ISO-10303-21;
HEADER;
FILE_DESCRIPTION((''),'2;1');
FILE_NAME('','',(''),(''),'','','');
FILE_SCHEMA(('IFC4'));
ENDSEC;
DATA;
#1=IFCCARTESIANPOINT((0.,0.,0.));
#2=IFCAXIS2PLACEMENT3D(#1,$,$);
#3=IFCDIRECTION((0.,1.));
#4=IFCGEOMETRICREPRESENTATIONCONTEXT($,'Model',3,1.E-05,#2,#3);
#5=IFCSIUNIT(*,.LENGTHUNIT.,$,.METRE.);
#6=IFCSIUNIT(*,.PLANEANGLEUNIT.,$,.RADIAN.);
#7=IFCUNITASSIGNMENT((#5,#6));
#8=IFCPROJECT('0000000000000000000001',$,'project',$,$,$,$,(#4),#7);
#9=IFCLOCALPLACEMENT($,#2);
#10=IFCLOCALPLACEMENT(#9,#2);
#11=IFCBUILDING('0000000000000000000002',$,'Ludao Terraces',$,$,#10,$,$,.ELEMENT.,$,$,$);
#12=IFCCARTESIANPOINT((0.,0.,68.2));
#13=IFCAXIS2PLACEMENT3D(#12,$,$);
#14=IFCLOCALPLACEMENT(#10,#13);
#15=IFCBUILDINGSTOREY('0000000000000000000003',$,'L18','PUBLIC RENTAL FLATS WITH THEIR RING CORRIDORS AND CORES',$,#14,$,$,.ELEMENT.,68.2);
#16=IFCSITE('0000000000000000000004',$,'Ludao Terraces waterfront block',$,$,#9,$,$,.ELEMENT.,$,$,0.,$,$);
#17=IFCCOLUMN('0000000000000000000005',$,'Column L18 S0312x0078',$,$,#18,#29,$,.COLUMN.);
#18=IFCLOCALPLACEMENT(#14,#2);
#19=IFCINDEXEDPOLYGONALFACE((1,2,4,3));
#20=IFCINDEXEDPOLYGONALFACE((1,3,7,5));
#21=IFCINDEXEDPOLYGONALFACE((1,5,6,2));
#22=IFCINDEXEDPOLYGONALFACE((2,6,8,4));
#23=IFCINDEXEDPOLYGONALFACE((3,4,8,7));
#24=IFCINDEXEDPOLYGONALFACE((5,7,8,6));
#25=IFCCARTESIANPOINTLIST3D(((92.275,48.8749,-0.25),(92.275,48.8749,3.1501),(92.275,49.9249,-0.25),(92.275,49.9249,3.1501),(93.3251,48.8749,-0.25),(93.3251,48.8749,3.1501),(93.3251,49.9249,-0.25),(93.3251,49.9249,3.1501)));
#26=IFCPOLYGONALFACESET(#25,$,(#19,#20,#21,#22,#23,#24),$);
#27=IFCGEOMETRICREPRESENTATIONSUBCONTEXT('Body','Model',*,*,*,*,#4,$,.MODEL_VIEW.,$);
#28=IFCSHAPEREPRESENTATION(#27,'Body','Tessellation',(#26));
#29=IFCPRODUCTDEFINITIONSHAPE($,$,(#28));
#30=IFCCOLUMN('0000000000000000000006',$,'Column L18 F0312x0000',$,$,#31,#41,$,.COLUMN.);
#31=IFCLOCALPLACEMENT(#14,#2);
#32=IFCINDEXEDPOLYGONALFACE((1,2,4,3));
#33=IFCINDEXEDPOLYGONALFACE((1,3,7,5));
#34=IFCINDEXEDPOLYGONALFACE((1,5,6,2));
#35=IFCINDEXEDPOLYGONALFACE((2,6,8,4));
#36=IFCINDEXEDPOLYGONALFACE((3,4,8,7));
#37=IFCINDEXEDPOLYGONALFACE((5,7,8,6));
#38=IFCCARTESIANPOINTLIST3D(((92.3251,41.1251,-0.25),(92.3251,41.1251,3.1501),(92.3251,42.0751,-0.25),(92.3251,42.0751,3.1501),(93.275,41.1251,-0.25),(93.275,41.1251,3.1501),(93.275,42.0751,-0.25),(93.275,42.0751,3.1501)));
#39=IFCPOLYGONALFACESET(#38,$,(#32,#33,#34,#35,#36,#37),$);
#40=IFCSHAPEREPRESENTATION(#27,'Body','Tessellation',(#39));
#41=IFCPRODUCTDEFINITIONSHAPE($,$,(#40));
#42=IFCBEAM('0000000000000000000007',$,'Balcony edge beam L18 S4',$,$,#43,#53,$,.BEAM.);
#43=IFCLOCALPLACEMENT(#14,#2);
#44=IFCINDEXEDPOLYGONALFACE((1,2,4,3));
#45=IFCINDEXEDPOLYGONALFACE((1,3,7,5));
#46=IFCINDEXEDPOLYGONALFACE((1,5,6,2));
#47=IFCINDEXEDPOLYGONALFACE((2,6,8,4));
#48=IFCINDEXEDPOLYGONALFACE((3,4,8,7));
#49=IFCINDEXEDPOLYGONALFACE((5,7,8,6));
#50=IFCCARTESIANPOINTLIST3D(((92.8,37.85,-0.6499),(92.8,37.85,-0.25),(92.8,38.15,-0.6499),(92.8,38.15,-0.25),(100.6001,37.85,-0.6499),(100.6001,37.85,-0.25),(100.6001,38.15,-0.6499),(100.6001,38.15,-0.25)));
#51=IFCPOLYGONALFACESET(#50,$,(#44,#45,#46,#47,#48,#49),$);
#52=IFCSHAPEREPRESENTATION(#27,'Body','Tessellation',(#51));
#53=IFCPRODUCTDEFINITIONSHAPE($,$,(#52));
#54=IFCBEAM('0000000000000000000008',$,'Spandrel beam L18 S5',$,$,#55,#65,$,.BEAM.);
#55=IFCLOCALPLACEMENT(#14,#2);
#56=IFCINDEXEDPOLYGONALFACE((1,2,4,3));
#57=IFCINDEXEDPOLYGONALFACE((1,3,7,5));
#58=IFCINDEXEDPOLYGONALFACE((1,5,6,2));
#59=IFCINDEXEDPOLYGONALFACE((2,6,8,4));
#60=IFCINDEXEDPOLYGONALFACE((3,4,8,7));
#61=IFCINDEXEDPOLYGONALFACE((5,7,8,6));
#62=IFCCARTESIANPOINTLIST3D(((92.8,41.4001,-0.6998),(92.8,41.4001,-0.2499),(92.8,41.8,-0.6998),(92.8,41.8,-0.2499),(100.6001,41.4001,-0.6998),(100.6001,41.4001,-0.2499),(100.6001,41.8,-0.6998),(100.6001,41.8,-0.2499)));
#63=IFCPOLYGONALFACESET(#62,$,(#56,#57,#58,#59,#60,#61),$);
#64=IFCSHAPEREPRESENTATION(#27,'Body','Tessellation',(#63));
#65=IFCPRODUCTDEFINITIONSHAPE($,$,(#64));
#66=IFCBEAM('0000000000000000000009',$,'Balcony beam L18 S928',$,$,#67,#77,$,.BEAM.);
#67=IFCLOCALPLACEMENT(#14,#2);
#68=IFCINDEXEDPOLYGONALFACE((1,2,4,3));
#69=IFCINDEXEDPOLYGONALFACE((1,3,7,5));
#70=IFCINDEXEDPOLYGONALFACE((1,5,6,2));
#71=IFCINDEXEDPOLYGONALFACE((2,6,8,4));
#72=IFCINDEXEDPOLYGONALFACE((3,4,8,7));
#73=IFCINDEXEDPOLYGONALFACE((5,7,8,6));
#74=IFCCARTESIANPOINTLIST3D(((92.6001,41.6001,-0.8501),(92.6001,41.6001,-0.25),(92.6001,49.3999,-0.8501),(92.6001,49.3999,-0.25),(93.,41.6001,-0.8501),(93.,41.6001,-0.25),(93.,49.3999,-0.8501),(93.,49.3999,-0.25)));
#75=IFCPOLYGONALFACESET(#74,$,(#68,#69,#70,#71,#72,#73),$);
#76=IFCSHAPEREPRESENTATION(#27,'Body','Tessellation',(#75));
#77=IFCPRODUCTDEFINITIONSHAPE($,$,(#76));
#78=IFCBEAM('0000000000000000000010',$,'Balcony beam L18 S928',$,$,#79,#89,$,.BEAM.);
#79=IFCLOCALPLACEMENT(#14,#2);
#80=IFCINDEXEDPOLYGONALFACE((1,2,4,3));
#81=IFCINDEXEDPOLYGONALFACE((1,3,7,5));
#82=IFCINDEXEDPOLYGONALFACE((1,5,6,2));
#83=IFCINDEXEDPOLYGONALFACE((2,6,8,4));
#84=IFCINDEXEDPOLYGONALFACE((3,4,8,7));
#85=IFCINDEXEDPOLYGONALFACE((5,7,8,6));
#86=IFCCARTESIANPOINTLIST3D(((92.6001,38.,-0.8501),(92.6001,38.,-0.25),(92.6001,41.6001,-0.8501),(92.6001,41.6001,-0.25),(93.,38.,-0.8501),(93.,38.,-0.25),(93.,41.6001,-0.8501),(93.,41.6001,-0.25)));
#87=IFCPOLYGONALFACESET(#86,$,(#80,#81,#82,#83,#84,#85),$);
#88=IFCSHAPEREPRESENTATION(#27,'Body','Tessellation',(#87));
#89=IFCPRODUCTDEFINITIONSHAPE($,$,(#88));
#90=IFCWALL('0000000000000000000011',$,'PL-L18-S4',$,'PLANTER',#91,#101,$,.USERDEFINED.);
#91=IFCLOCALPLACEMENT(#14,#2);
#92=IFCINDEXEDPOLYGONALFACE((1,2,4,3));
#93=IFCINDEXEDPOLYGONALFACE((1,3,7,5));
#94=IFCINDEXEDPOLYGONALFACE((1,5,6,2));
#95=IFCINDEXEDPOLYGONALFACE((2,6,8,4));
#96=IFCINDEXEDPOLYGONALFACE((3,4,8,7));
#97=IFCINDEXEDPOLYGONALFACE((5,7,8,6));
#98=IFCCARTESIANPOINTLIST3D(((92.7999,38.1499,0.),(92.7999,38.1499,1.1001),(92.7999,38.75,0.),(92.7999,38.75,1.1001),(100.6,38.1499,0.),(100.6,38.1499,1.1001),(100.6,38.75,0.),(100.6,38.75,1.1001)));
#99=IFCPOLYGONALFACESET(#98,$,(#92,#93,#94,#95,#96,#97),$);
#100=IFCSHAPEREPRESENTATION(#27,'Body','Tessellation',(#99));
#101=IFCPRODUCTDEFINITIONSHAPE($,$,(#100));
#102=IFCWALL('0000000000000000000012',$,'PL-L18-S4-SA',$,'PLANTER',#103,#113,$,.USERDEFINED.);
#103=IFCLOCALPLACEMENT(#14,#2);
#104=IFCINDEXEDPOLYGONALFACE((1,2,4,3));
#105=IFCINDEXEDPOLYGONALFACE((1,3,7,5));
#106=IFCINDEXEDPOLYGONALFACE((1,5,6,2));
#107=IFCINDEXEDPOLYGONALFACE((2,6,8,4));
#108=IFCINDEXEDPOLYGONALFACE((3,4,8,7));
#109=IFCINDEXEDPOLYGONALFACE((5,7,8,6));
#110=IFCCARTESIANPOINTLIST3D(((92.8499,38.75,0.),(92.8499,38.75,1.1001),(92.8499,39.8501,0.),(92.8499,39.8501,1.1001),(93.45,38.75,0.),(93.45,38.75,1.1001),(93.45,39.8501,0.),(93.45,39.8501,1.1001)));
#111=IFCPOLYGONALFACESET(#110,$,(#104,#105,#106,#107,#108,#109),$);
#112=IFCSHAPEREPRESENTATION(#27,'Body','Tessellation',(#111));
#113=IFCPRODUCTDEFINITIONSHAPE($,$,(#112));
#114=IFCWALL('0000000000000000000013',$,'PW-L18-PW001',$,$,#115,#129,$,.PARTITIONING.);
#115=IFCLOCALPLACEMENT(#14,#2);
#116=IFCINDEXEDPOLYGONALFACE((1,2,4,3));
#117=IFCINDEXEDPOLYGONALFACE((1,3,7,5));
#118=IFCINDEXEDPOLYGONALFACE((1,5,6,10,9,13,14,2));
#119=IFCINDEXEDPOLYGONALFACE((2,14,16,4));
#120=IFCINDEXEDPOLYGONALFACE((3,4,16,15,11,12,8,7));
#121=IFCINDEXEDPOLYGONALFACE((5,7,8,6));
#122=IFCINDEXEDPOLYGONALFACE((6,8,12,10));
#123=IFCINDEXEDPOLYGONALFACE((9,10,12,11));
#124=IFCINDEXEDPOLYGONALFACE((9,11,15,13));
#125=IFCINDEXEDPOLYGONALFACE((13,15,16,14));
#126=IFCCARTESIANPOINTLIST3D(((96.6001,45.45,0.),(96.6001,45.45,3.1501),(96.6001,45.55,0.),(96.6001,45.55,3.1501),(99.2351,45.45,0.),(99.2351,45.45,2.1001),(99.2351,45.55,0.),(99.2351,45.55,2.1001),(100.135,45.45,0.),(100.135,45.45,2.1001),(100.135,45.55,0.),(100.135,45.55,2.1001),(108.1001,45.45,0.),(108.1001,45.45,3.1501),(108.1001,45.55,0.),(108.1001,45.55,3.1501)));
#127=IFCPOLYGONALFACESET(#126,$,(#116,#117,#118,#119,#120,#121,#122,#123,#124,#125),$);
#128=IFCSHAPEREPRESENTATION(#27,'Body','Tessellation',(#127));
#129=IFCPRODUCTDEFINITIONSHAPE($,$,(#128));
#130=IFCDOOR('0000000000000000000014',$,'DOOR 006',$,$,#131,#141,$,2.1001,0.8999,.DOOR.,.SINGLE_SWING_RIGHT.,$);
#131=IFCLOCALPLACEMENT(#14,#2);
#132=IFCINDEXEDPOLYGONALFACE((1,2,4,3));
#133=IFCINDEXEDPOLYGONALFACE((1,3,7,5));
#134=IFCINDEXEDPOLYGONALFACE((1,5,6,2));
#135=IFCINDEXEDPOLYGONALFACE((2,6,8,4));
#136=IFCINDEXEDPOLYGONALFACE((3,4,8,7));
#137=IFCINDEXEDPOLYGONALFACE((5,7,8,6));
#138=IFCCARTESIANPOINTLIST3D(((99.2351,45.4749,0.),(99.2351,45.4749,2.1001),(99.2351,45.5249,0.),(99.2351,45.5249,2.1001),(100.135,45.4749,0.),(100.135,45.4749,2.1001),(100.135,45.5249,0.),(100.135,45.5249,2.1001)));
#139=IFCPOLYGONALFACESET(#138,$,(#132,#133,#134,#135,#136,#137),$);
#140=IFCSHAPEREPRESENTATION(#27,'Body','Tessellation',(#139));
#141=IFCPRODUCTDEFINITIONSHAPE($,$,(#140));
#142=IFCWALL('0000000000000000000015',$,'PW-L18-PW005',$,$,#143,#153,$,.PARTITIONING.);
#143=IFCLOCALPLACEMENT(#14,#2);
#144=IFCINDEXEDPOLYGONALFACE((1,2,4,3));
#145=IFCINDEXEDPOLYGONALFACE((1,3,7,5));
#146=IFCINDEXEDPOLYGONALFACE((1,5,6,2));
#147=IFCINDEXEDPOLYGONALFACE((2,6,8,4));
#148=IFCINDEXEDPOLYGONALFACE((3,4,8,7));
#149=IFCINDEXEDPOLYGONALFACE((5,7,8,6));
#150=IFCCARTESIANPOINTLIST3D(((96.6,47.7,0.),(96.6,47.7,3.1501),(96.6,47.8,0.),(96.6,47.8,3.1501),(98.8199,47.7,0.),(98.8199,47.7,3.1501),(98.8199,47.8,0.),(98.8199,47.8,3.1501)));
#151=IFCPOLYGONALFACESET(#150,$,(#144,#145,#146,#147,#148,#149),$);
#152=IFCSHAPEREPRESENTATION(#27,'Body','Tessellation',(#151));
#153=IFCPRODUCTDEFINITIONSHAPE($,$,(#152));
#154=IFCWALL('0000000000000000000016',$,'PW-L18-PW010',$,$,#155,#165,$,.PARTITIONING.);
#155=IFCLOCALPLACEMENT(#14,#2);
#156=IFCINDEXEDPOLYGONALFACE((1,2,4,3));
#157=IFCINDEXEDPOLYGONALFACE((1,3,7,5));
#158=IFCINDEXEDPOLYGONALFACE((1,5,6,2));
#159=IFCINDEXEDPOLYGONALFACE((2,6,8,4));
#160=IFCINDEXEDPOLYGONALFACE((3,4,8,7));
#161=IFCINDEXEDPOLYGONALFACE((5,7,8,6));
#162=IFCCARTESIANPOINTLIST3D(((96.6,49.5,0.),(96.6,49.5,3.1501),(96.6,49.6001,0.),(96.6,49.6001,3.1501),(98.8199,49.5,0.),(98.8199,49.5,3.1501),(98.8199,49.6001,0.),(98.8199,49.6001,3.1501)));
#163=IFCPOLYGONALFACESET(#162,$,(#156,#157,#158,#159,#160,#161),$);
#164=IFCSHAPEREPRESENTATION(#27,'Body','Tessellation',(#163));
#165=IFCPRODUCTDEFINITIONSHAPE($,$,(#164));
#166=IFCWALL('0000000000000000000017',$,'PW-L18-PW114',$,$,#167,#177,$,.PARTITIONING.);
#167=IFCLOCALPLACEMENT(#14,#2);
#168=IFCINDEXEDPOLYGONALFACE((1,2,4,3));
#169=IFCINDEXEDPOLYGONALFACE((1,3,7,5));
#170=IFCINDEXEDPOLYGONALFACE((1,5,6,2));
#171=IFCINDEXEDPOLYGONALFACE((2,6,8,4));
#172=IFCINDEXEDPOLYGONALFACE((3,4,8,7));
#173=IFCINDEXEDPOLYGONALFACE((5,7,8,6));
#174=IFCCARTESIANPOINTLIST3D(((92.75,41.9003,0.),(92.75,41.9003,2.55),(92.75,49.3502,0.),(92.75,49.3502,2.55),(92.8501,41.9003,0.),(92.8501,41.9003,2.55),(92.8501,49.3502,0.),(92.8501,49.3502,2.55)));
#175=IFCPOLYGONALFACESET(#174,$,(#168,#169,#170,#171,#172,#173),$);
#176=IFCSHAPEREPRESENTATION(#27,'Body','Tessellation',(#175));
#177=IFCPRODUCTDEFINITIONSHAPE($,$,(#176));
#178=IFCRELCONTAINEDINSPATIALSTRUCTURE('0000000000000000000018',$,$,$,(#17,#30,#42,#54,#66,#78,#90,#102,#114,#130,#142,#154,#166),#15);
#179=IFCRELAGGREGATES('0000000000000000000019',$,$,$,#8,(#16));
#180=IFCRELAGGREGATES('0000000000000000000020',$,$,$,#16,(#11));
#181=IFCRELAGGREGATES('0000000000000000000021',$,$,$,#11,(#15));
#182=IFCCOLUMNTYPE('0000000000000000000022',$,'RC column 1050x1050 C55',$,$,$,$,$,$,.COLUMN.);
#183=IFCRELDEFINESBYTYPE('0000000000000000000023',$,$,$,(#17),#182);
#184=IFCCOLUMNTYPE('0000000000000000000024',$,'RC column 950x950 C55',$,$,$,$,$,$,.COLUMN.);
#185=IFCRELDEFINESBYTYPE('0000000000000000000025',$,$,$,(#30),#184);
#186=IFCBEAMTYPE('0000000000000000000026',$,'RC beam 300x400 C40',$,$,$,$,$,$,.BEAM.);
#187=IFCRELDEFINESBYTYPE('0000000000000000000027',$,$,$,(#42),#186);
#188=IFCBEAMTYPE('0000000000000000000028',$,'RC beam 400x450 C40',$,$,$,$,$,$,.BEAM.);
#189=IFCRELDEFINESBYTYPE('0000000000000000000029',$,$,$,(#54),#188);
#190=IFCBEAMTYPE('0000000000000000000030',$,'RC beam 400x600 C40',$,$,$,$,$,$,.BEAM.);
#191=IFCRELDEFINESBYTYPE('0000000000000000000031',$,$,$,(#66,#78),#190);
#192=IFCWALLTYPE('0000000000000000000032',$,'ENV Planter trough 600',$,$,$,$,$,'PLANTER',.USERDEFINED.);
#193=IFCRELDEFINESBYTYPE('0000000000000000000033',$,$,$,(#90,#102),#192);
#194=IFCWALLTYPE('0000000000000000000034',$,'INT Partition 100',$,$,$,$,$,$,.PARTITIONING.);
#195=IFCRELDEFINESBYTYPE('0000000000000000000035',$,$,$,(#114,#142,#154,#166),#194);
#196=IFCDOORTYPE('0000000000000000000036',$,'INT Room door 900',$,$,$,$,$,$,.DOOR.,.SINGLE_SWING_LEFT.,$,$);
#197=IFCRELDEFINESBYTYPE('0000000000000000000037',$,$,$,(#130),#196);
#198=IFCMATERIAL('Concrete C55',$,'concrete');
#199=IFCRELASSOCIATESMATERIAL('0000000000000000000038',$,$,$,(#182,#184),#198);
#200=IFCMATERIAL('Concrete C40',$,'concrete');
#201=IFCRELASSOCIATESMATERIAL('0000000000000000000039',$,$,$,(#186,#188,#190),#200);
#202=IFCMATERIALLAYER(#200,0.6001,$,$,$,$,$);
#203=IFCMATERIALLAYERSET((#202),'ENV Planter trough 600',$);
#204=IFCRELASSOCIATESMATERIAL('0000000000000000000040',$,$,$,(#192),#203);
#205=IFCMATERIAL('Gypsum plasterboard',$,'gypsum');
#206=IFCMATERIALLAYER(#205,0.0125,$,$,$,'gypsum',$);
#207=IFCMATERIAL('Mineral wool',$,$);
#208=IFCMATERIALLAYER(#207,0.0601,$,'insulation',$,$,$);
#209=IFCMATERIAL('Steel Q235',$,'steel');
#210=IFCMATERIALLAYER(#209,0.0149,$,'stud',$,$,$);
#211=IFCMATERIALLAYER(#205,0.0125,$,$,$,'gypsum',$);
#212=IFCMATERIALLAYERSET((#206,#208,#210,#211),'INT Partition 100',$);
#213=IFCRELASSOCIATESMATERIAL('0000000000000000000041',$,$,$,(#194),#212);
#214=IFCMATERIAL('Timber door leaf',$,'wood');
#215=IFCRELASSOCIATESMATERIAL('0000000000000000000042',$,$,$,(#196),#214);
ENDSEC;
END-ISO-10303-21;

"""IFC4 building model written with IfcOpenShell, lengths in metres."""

from ifc_helpers import new_model, si_unit, direction, frame, frame_2d, origin, origin_2d, place, context, subcontext, project, spatial, rectangle, extrude, material, layer, layer_set, material_profile, profile_set, type_object, element, fill, save


model = new_model("IFC4")

# Units and contexts
model_context = context("Model", 3, precision=1e-05, world=origin(), true_north=direction((0.0, 1.0)))
body_context = subcontext(model_context, "Body", "Model", "MODEL_VIEW")
ifc_project = project(units=[si_unit("LENGTHUNIT", "METRE"), si_unit("PLANEANGLEUNIT", "RADIAN")], contexts=[model_context])

# Site, building, storey
site_placement = place(None, origin())
site = spatial("IfcSite", under=ifc_project, at=site_placement, Name="Ludao Terraces waterfront block", CompositionType="ELEMENT", RefElevation=0.0)
building_placement = place(site_placement, origin())
building = spatial("IfcBuilding", under=site, at=building_placement, Name="Ludao Terraces", CompositionType="ELEMENT")
storey_placement = place(building_placement, frame((0.0, 0.0, 68.2)))
storey = spatial("IfcBuildingStorey", under=building, at=storey_placement, Name="L18", Description="PUBLIC RENTAL FLATS WITH THEIR RING CORRIDORS AND CORES", CompositionType="ELEMENT", Elevation=68.2)

# Columns
ifc_material_1 = material(Name="Concrete C55", Category="concrete")
ifc_material_profile_1 = material_profile(ifc_material_1, rectangle(XDim=1.05, YDim=1.05, at=origin_2d()), Name="1050 X 1050")
ifc_profile_set_1 = profile_set([ifc_material_profile_1], Name="Concrete C55")
column_type_1 = type_object("IfcColumnType", Name="RC column 1050x1050 C55", PredefinedType="COLUMN", material=ifc_profile_set_1)
column_1_placement = place(storey_placement, frame((92.8, 49.3999, -0.25), z_axis=(0.0, 0.0, 1.0), x_axis=(1.0, 0.0, 0.0)))
element("IfcColumn", 1, at=column_1_placement, inside=storey, type_object=column_type_1, Name="Column L18 S0312x0078", PredefinedType="COLUMN", context=body_context, shape_type="SweptSolid", body=[
    extrude(rectangle(XDim=1.05, YDim=1.05, at=origin_2d()), origin(), (0.0, 0.0, 1.0), 3.4001),
])
ifc_material_profile_2 = material_profile(ifc_material_1, rectangle(XDim=0.95, YDim=0.95, at=origin_2d()), Name="950 X 950")
ifc_profile_set_2 = profile_set([ifc_material_profile_2], Name="Concrete C55")
column_type_2 = type_object("IfcColumnType", Name="RC column 950x950 C55", PredefinedType="COLUMN", material=ifc_profile_set_2)
column_2_placement = place(storey_placement, frame((92.8, 41.6001, -0.25), z_axis=(0.0, 0.0, 1.0), x_axis=(1.0, 0.0, 0.0)))
element("IfcColumn", 2, at=column_2_placement, inside=storey, type_object=column_type_2, Name="Column L18 F0312x0000", PredefinedType="COLUMN", context=body_context, shape_type="SweptSolid", body=[
    extrude(rectangle(XDim=0.95, YDim=0.95, at=origin_2d()), origin(), (0.0, 0.0, 1.0), 3.4001),
])

# Beams
ifc_material_2 = material(Name="Concrete C40", Category="concrete")
ifc_material_profile_3 = material_profile(ifc_material_2, rectangle(XDim=0.3, YDim=0.3999, at=origin_2d()), Name="300 X 400")
ifc_profile_set_3 = profile_set([ifc_material_profile_3], Name="Concrete C40")
beam_type_1 = type_object("IfcBeamType", Name="RC beam 300x400 C40", PredefinedType="BEAM", material=ifc_profile_set_3)
beam_1_placement = place(storey_placement, frame((92.8, 38.0, -0.45), z_axis=(1.0, 0.0, 0.0), x_axis=(0.0, 1.0, 0.0)))
element("IfcBeam", 3, at=beam_1_placement, inside=storey, type_object=beam_type_1, Name="Balcony edge beam L18 S4", PredefinedType="BEAM", context=body_context, shape_type="SweptSolid", body=[
    extrude(rectangle(XDim=0.3, YDim=0.3999, at=origin_2d()), origin(), (0.0, 0.0, 1.0), 7.8),
])
ifc_material_profile_4 = material_profile(ifc_material_2, rectangle(XDim=0.3999, YDim=0.45, at=origin_2d()), Name="400 X 450")
ifc_profile_set_4 = profile_set([ifc_material_profile_4], Name="Concrete C40")
beam_type_2 = type_object("IfcBeamType", Name="RC beam 400x450 C40", PredefinedType="BEAM", material=ifc_profile_set_4)
beam_2_placement = place(storey_placement, frame((92.8, 41.6001, -0.4749), z_axis=(1.0, 0.0, 0.0), x_axis=(0.0, 1.0, 0.0)))
element("IfcBeam", 4, at=beam_2_placement, inside=storey, type_object=beam_type_2, Name="Spandrel beam L18 S5", PredefinedType="BEAM", context=body_context, shape_type="SweptSolid", body=[
    extrude(rectangle(XDim=0.3999, YDim=0.45, at=origin_2d()), origin(), (0.0, 0.0, 1.0), 7.8),
])
ifc_material_profile_5 = material_profile(ifc_material_2, rectangle(XDim=0.3999, YDim=0.6001, at=origin_2d()), Name="400 X 600")
ifc_profile_set_5 = profile_set([ifc_material_profile_5], Name="Concrete C40")
beam_type_3 = type_object("IfcBeamType", Name="RC beam 400x600 C40", PredefinedType="BEAM", material=ifc_profile_set_5)
beam_3_placement = place(storey_placement, frame((92.8, 49.3999, -0.55), z_axis=(0.0, -1.0, 0.0), x_axis=(1.0, 0.0, 0.0)))
element("IfcBeam", 5, at=beam_3_placement, inside=storey, type_object=beam_type_3, Name="Balcony beam L18 S928", PredefinedType="BEAM", context=body_context, shape_type="SweptSolid", body=[
    extrude(rectangle(XDim=0.3999, YDim=0.6001, at=origin_2d()), origin(), (0.0, 0.0, 1.0), 7.7998),
])
beam_4_placement = place(storey_placement, frame((92.8, 41.6001, -0.55), z_axis=(0.0, -1.0, 0.0), x_axis=(1.0, 0.0, 0.0)))
element("IfcBeam", 6, at=beam_4_placement, inside=storey, type_object=beam_type_3, Name="Balcony beam L18 S928", PredefinedType="BEAM", context=body_context, shape_type="SweptSolid", body=[
    extrude(rectangle(XDim=0.3999, YDim=0.6001, at=origin_2d()), origin(), (0.0, 0.0, 1.0), 3.6001),
])

# Walls
ifc_layer_1 = layer(ifc_material_2, 0.6001)
ifc_layer_set_1 = layer_set([ifc_layer_1], Name="ENV Planter trough 600")
wall_type_1 = type_object("IfcWallType", Name="ENV Planter trough 600", ElementType="PLANTER", PredefinedType="USERDEFINED", material=ifc_layer_set_1)
wall_1_placement = place(storey_placement, frame((92.8, 38.45, 0.0), z_axis=(0.0, 0.0, 1.0), x_axis=(1.0, 0.0, 0.0)))
element("IfcWall", 7, at=wall_1_placement, inside=storey, type_object=wall_type_1, Name="PL-L18-S4", ObjectType="PLANTER", PredefinedType="USERDEFINED", context=body_context, shape_type="SweptSolid", body=[
    extrude(rectangle(XDim=7.8, YDim=0.6001, at=frame_2d((3.8999, 0.0))), origin(), (0.0, 0.0, 1.0), 1.1001),
])
wall_2_placement = place(storey_placement, frame((93.1499, 38.75, 0.0), z_axis=(0.0, 0.0, 1.0), x_axis=(0.0, 1.0, 0.0)))
element("IfcWall", 8, at=wall_2_placement, inside=storey, type_object=wall_type_1, Name="PL-L18-S4-SA", ObjectType="PLANTER", PredefinedType="USERDEFINED", context=body_context, shape_type="SweptSolid", body=[
    extrude(rectangle(XDim=1.1001, YDim=0.6001, at=frame_2d((0.55, 0.0))), origin(), (0.0, 0.0, 1.0), 1.1001),
])

# Shared definitions
ifc_material_3 = material(Name="Mineral wool")

# Wall, opening, door
ifc_material_4 = material(Name="Gypsum plasterboard", Category="gypsum")
ifc_layer_2 = layer(ifc_material_4, 0.0125, Category="gypsum")
ifc_layer_3 = layer(ifc_material_3, 0.0601, Name="insulation")
ifc_material_5 = material(Name="Steel Q235", Category="steel")
ifc_layer_4 = layer(ifc_material_5, 0.0149, Name="stud")
ifc_layer_5 = layer(ifc_material_4, 0.0125, Category="gypsum")
ifc_layer_set_2 = layer_set([ifc_layer_2, ifc_layer_3, ifc_layer_4, ifc_layer_5], Name="INT Partition 100")
wall_type_2 = type_object("IfcWallType", Name="INT Partition 100", PredefinedType="PARTITIONING", material=ifc_layer_set_2)
wall_3_placement = place(storey_placement, frame((96.6001, 45.5, 0.0), z_axis=(0.0, 0.0, 1.0), x_axis=(1.0, 0.0, 0.0)))
wall_3 = element("IfcWall", 9, at=wall_3_placement, inside=storey, type_object=wall_type_2, Name="PW-L18-PW001", PredefinedType="PARTITIONING", context=body_context, shape_type="SweptSolid", body=[
    extrude(rectangle(XDim=11.5, YDim=0.1001, at=frame_2d((5.75, 0.0))), origin(), (0.0, 0.0, 1.0), 3.1501),
])
opening_1_placement = place(wall_3_placement, frame((2.635, 0.0, 0.0)))
opening_1 = element("IfcOpeningElement", 10, at=opening_1_placement, cuts=wall_3, PredefinedType="OPENING", context=body_context, shape_type="SweptSolid", body=[
    extrude(rectangle(XDim=0.8999, YDim=2.1001, at=frame_2d((0.45, 1.05))), frame((0.0, 0.0601, 0.0), z_axis=(0.0, -1.0, 0.0), x_axis=(1.0, 0.0, 0.0)), (0.0, 0.0, 1.0), 0.1201),
])
ifc_material_6 = material(Name="Timber door leaf", Category="wood")
door_type_1 = type_object("IfcDoorType", Name="INT Room door 900", OperationType="SINGLE_SWING_LEFT", PredefinedType="DOOR", material=ifc_material_6)
door_1_placement = place(opening_1_placement, origin())
door_1 = element("IfcDoor", 11, at=door_1_placement, inside=storey, type_object=door_type_1, Name="DOOR 006", OperationType="SINGLE_SWING_RIGHT", OverallHeight=2.1001, OverallWidth=0.8999, PredefinedType="DOOR", context=body_context, shape_type="SweptSolid", body=[
    extrude(rectangle(XDim=0.8999, YDim=2.1001, at=frame_2d((0.45, 1.05))), frame((0.0, 0.0249, 0.0), z_axis=(0.0, -1.0, 0.0), x_axis=(1.0, 0.0, 0.0)), (0.0, 0.0, 1.0), 0.05),
])
fill(opening_1, door_1)

# Walls
for number, where, z_axis, x_axis, name in (
    (12, (96.6001, 47.75, 0.0), (0.0, 0.0, 1.0), (1.0, 0.0, 0.0), "PW-L18-PW005"),
    (13, (96.6001, 49.55, 0.0), (0.0, 0.0, 1.0), (1.0, 0.0, 0.0), "PW-L18-PW010"),
):
    element("IfcWall", number, at=place(storey_placement, frame(where, z_axis=z_axis, x_axis=x_axis)), inside=storey, type_object=wall_type_2, Name=name, PredefinedType="PARTITIONING", context=body_context, shape_type="SweptSolid", body=[
        extrude(rectangle(XDim=2.22, YDim=0.1001, at=frame_2d((1.1099, 0.0))), origin(), (0.0, 0.0, 1.0), 3.1501),
    ])
wall_4_placement = place(storey_placement, frame((92.8, 41.9001, 0.0), z_axis=(0.0, 0.0, 1.0), x_axis=(0.0, 1.0, 0.0)))
element("IfcWall", 14, at=wall_4_placement, inside=storey, type_object=wall_type_2, Name="PW-L18-PW114", PredefinedType="PARTITIONING", context=body_context, shape_type="SweptSolid", body=[
    extrude(rectangle(XDim=7.45, YDim=0.1001, at=frame_2d((3.7251, 0.0))), origin(), (0.0, 0.0, 1.0), 2.55),
])

save(model, "model.ifc")
